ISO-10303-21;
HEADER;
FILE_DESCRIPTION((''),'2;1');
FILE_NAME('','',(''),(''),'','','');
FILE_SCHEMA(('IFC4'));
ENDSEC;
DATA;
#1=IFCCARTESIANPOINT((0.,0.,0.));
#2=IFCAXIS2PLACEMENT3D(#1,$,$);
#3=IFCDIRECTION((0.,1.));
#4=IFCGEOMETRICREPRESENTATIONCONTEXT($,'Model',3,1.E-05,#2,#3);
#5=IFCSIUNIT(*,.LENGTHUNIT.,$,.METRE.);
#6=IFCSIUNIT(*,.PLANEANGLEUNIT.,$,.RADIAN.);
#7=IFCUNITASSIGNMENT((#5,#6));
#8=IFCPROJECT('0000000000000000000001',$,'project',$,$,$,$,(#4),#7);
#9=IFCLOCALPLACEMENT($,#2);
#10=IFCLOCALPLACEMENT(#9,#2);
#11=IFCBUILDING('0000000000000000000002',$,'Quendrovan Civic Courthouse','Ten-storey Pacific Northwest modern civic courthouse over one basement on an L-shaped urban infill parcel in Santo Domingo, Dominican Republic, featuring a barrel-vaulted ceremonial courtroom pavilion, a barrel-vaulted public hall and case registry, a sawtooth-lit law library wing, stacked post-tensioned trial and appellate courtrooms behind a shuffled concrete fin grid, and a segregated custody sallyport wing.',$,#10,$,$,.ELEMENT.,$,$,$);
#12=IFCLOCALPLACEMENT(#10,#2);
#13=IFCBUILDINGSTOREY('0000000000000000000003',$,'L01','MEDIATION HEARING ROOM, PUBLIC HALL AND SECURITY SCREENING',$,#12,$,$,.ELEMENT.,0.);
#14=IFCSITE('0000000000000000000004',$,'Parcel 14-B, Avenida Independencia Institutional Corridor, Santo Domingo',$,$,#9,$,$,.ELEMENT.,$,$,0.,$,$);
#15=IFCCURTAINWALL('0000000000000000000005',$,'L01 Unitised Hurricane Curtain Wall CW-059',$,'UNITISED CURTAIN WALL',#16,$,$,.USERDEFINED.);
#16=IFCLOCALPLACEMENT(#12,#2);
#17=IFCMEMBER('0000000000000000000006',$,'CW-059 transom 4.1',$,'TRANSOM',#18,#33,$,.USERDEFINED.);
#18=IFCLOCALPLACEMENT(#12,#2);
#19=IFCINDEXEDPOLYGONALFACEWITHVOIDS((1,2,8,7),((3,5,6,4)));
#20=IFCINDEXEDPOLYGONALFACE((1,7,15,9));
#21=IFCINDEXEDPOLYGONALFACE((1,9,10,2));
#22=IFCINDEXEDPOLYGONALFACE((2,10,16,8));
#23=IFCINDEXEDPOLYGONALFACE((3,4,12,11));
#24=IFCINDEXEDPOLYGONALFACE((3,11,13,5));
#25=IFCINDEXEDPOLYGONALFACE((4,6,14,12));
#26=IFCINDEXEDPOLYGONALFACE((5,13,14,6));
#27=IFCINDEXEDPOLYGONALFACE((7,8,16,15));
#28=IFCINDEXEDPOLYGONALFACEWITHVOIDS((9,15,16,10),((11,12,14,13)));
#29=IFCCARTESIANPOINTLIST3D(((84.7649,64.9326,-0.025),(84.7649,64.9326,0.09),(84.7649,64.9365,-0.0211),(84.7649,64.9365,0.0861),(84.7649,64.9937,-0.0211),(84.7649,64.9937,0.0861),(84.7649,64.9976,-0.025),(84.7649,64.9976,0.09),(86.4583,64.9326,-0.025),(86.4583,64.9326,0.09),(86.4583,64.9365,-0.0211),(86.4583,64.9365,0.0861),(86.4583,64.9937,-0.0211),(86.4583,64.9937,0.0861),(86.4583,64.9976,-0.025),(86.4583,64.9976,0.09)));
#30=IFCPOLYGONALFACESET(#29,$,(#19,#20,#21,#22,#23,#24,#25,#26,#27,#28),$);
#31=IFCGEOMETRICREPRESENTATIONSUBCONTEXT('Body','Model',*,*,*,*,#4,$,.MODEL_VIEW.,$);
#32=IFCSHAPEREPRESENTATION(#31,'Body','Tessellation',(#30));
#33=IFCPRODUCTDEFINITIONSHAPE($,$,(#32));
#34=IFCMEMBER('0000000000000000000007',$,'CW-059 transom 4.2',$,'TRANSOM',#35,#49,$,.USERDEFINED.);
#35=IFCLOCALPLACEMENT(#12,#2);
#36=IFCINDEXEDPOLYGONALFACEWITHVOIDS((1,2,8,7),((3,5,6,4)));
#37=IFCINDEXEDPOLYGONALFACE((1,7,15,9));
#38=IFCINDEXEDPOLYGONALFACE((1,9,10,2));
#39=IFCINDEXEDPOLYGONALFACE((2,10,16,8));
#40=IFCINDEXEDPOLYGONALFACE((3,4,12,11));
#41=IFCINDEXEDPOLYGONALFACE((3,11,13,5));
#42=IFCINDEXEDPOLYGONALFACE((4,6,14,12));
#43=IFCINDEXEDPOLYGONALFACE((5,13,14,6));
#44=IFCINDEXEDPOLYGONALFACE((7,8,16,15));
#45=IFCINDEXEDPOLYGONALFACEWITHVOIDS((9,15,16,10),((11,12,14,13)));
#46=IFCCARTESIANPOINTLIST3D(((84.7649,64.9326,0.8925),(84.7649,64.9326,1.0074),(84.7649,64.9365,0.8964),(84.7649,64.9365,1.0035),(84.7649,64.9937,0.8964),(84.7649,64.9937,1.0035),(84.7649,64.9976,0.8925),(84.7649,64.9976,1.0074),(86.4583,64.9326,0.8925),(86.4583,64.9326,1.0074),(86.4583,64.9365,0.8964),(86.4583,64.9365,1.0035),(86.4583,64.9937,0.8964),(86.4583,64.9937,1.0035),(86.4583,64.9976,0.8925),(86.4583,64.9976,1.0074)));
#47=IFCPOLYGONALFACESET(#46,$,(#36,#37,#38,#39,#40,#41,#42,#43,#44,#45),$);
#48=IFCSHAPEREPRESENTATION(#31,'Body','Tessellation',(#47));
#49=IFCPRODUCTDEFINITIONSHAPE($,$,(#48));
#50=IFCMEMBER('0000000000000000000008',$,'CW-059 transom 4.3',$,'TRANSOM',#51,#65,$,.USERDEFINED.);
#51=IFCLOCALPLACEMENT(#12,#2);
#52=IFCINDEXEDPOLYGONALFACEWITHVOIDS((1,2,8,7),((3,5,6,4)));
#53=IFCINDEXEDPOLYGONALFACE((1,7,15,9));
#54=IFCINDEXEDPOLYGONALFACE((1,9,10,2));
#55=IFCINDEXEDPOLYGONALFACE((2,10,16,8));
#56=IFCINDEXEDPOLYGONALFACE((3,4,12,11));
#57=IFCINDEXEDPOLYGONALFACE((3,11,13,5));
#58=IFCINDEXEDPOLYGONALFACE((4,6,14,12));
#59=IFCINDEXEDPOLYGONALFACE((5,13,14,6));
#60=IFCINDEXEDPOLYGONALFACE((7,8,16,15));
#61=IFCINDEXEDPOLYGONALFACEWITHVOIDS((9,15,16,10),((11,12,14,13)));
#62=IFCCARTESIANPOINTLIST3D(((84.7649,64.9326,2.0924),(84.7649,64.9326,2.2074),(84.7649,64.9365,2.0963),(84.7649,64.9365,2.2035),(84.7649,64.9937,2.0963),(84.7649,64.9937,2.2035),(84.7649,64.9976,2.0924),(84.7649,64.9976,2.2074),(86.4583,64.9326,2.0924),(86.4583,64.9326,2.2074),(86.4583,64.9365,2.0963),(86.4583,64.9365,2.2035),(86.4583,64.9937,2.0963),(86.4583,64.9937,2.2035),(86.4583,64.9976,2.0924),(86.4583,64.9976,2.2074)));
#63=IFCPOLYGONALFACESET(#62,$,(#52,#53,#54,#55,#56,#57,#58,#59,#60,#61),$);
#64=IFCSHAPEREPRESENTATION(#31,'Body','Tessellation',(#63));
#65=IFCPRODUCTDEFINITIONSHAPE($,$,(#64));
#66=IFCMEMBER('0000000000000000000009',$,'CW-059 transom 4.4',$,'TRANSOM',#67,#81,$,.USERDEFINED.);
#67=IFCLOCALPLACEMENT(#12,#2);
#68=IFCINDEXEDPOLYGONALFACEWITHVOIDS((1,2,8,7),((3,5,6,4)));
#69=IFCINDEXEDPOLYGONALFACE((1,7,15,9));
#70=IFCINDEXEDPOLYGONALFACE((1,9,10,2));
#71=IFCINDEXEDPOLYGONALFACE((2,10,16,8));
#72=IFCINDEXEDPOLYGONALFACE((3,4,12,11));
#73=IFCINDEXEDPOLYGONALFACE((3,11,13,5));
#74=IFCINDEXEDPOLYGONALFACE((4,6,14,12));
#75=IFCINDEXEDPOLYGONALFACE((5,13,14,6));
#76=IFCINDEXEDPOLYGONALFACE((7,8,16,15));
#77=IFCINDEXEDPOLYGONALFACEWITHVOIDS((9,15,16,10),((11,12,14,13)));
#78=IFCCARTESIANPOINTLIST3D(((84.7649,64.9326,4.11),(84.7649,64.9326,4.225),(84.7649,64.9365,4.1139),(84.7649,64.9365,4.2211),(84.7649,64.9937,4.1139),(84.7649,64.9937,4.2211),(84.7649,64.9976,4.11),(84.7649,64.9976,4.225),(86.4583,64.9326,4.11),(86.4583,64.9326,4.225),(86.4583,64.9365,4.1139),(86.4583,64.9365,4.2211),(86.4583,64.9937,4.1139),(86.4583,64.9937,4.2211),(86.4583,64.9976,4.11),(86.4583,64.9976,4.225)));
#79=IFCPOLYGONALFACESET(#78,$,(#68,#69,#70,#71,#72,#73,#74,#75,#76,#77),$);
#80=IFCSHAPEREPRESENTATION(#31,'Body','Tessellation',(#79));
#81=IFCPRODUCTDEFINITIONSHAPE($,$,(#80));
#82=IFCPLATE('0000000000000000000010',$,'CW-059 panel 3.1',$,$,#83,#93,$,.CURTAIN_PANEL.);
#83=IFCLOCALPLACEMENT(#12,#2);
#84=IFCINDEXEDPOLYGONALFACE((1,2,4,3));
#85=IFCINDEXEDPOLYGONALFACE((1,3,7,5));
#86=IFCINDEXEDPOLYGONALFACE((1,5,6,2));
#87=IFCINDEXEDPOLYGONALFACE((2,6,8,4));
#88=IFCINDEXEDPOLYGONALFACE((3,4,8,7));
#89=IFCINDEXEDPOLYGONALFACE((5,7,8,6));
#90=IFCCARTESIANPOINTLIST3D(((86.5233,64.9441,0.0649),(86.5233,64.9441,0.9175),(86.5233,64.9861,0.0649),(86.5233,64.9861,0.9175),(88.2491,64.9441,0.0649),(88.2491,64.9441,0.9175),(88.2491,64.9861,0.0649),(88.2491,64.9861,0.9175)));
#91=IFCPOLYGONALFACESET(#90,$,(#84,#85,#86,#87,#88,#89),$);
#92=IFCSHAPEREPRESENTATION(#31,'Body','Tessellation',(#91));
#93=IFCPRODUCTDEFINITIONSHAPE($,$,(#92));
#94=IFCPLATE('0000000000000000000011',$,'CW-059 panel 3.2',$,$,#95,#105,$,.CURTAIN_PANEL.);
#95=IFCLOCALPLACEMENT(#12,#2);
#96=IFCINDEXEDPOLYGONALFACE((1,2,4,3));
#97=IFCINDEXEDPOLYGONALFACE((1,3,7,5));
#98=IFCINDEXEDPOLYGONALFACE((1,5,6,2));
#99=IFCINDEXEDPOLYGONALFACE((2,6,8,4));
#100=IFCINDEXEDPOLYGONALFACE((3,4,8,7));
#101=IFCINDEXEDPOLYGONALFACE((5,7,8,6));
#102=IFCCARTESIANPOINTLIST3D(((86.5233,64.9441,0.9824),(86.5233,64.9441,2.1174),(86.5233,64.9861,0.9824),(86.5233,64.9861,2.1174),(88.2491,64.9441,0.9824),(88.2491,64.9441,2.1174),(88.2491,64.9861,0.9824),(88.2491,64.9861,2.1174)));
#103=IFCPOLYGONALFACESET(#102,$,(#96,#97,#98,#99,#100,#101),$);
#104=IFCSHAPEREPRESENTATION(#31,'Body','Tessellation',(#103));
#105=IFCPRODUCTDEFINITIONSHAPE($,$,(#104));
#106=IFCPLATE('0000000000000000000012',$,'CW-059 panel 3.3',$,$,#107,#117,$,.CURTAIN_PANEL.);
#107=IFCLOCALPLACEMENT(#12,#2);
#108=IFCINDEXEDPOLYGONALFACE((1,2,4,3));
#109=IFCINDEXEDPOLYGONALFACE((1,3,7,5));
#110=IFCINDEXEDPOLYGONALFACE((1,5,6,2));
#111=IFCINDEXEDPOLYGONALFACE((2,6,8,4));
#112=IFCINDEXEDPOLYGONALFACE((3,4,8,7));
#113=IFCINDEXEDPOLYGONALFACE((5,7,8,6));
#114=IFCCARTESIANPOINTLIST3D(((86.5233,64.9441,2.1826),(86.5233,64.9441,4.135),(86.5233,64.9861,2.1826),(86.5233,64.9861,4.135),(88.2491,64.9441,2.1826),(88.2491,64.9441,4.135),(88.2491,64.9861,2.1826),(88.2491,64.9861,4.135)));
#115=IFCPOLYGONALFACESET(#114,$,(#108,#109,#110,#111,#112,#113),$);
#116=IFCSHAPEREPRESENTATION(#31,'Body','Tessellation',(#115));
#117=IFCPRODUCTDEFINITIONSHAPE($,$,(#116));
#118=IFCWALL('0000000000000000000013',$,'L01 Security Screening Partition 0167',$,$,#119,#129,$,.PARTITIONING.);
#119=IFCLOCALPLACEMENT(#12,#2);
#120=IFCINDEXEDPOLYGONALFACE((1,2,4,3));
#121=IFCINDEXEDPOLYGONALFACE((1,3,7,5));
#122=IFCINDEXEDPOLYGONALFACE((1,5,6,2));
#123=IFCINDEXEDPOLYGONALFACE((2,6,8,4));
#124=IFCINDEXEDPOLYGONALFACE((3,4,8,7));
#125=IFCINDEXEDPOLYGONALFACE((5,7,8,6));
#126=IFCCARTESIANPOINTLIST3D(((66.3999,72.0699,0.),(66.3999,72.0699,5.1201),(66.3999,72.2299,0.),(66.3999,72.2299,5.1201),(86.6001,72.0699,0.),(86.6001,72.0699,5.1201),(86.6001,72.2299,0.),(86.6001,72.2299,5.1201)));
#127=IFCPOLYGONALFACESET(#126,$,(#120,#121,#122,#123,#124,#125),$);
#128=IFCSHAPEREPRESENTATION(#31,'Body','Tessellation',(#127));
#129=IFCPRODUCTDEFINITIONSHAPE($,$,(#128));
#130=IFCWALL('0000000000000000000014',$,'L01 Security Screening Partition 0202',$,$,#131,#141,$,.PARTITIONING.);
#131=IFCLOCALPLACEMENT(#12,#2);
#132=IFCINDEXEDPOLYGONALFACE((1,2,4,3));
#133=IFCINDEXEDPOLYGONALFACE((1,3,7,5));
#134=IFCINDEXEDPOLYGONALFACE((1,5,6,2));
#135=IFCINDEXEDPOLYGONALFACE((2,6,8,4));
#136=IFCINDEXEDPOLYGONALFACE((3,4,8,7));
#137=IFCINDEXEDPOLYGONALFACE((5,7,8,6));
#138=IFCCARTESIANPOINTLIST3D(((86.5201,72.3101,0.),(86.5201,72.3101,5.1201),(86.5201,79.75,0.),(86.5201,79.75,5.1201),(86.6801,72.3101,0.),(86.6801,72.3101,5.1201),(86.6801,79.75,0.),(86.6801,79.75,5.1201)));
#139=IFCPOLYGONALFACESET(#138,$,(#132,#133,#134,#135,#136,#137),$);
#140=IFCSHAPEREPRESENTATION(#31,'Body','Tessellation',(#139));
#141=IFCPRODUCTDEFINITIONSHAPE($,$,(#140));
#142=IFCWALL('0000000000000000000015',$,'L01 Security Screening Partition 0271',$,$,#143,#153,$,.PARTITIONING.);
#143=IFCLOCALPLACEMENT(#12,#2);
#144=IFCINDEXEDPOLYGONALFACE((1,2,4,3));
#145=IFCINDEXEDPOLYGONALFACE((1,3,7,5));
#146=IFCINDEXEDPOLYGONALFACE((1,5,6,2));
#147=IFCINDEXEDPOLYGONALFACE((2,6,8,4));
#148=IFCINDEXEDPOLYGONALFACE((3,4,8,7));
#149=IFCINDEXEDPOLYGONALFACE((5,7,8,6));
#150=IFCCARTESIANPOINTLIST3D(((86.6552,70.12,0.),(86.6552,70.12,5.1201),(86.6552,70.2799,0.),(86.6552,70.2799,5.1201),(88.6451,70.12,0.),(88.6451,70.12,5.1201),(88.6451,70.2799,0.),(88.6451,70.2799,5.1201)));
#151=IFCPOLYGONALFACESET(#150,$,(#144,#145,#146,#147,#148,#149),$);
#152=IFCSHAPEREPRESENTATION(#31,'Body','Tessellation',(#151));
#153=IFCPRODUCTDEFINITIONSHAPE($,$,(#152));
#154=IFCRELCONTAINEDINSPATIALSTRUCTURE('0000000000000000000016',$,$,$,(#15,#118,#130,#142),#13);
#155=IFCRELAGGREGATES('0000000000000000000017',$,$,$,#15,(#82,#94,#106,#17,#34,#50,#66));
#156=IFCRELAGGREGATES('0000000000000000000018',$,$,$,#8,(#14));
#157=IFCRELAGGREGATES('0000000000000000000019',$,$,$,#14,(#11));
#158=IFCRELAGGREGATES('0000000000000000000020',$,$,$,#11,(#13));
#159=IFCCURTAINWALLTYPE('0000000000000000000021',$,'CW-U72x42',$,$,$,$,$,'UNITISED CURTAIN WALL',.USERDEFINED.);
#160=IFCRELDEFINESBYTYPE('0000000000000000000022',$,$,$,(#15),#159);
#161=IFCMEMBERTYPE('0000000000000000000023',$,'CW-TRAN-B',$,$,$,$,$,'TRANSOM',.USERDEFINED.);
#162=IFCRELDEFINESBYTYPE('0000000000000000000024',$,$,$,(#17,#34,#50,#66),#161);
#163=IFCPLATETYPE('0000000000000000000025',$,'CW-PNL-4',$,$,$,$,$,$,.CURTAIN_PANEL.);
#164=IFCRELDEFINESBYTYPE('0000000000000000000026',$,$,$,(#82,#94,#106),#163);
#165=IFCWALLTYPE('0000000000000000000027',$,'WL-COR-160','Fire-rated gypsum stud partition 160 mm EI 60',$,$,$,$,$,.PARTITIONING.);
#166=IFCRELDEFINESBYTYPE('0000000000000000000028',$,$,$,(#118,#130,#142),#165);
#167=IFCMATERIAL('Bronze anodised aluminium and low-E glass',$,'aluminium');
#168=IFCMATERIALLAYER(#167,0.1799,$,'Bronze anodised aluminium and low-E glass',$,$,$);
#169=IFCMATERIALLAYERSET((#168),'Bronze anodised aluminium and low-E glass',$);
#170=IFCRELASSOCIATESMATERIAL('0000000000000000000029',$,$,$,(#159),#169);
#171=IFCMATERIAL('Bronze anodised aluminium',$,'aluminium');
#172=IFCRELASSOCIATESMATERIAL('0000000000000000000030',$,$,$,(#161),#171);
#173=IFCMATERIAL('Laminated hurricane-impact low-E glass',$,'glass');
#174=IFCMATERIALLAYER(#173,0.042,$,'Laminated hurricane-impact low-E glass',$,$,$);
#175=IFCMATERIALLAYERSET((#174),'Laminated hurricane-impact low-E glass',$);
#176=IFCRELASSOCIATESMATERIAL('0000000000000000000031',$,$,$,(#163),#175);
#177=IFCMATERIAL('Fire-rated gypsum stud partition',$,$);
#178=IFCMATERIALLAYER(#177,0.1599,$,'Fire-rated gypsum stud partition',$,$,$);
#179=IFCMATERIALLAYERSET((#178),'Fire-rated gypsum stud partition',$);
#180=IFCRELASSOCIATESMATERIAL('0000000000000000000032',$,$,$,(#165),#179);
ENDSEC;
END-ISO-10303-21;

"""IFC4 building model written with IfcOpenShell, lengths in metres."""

from ifc_helpers import new_model, si_unit, direction, frame, frame_2d, origin, origin_2d, place, context, subcontext, project, spatial, rectangle, hollow_rectangle, extrude, material, layer, layer_set, material_profile, profile_set, type_object, element, aggregate, save


model = new_model("IFC4")

# Units and contexts
model_context = context("Model", 3, precision=1e-05, world=origin(), true_north=direction((0.0, 1.0)))
body_context = subcontext(model_context, "Body", "Model", "MODEL_VIEW")
ifc_project = project(units=[si_unit("LENGTHUNIT", "METRE"), si_unit("PLANEANGLEUNIT", "RADIAN")], contexts=[model_context])

# Site, building, storey
site_placement = place(None, origin())
site = spatial("IfcSite", under=ifc_project, at=site_placement, Name="Parcel 14-B, Avenida Independencia Institutional Corridor, Santo Domingo", CompositionType="ELEMENT", RefElevation=0.0)
building_placement = place(site_placement, origin())
building = spatial("IfcBuilding", under=site, at=building_placement, Name="Quendrovan Civic Courthouse", Description="Ten-storey Pacific Northwest modern civic courthouse over one basement on an L-shaped urban infill parcel in Santo Domingo, Dominican Republic, featuring a barrel-vaulted ceremonial courtroom pavilion, a barrel-vaulted public hall and case registry, a sawtooth-lit law library wing, stacked post-tensioned trial and appellate courtrooms behind a shuffled concrete fin grid, and a segregated custody sallyport wing.", CompositionType="ELEMENT")
storey_placement = place(building_placement, origin())
storey = spatial("IfcBuildingStorey", under=building, at=storey_placement, Name="L01", Description="MEDIATION HEARING ROOM, PUBLIC HALL AND SECURITY SCREENING", CompositionType="ELEMENT", Elevation=0.0)

# Curtain wall, members, plates
ifc_material_1 = material(Name="Bronze anodised aluminium and low-E glass", Category="aluminium")
ifc_layer_1 = layer(ifc_material_1, 0.1799, Name="Bronze anodised aluminium and low-E glass")
ifc_layer_set_1 = layer_set([ifc_layer_1], Name="Bronze anodised aluminium and low-E glass")
curtain_wall_type = type_object("IfcCurtainWallType", Name="CW-U72x42", ElementType="UNITISED CURTAIN WALL", PredefinedType="USERDEFINED", material=ifc_layer_set_1)
curtain_wall_placement = place(storey_placement, origin())
curtain_wall = element("IfcCurtainWall", 1, at=curtain_wall_placement, inside=storey, type_object=curtain_wall_type, Name="L01 Unitised Hurricane Curtain Wall CW-059", ObjectType="UNITISED CURTAIN WALL", PredefinedType="USERDEFINED")
ifc_material_2 = material(Name="Bronze anodised aluminium", Category="aluminium")
ifc_material_profile_1 = material_profile(ifc_material_2, hollow_rectangle(XDim=0.0649, YDim=0.115, WallThickness=0.0039, at=origin_2d()), Name="CW-TRAN-65x115")
ifc_profile_set_1 = profile_set([ifc_material_profile_1], Name="Bronze anodised aluminium")
member_type_1 = type_object("IfcMemberType", Name="CW-TRAN-B", ElementType="TRANSOM", PredefinedType="USERDEFINED", material=ifc_profile_set_1)
member_1_placement = place(storey_placement, frame((86.4583, 64.9651, 0.0325), z_axis=(-1.0, 0.0, 0.0), x_axis=(0.0, -1.0, 0.0)))
member_1 = element("IfcMember", 2, at=member_1_placement, type_object=member_type_1, Name="CW-059 transom 4.1", ObjectType="TRANSOM", PredefinedType="USERDEFINED", context=body_context, shape_type="SweptSolid", body=[
    extrude(hollow_rectangle(XDim=0.0649, YDim=0.115, WallThickness=0.0039, at=origin_2d()), origin(), (0.0, 0.0, 1.0), 1.6934),
])
member_2_placement = place(storey_placement, frame((86.4583, 64.9651, 0.95), z_axis=(-1.0, 0.0, 0.0), x_axis=(0.0, -1.0, 0.0)))
member_2 = element("IfcMember", 3, at=member_2_placement, type_object=member_type_1, Name="CW-059 transom 4.2", ObjectType="TRANSOM", PredefinedType="USERDEFINED", context=body_context, shape_type="SweptSolid", body=[
    extrude(hollow_rectangle(XDim=0.0649, YDim=0.115, WallThickness=0.0039, at=origin_2d()), origin(), (0.0, 0.0, 1.0), 1.6934),
])
member_3_placement = place(storey_placement, frame((86.4583, 64.9651, 2.1499), z_axis=(-1.0, 0.0, 0.0), x_axis=(0.0, -1.0, 0.0)))
member_3 = element("IfcMember", 4, at=member_3_placement, type_object=member_type_1, Name="CW-059 transom 4.3", ObjectType="TRANSOM", PredefinedType="USERDEFINED", context=body_context, shape_type="SweptSolid", body=[
    extrude(hollow_rectangle(XDim=0.0649, YDim=0.115, WallThickness=0.0039, at=origin_2d()), origin(), (0.0, 0.0, 1.0), 1.6934),
])
member_4_placement = place(storey_placement, frame((86.4583, 64.9651, 4.1675), z_axis=(-1.0, 0.0, 0.0), x_axis=(0.0, -1.0, 0.0)))
member_4 = element("IfcMember", 5, at=member_4_placement, type_object=member_type_1, Name="CW-059 transom 4.4", ObjectType="TRANSOM", PredefinedType="USERDEFINED", context=body_context, shape_type="SweptSolid", body=[
    extrude(hollow_rectangle(XDim=0.0649, YDim=0.115, WallThickness=0.0039, at=origin_2d()), origin(), (0.0, 0.0, 1.0), 1.6934),
])
ifc_material_3 = material(Name="Laminated hurricane-impact low-E glass", Category="glass")
ifc_layer_2 = layer(ifc_material_3, 0.042, Name="Laminated hurricane-impact low-E glass")
ifc_layer_set_2 = layer_set([ifc_layer_2], Name="Laminated hurricane-impact low-E glass")
plate_type = type_object("IfcPlateType", Name="CW-PNL-4", PredefinedType="CURTAIN_PANEL", material=ifc_layer_set_2)
plate_1_placement = place(storey_placement, frame((87.3862, 64.9651, 0.0649), z_axis=(0.0, 0.0, 1.0), x_axis=(-1.0, 0.0, 0.0)))
plate_1 = element("IfcPlate", 6, at=plate_1_placement, type_object=plate_type, Name="CW-059 panel 3.1", PredefinedType="CURTAIN_PANEL", context=body_context, shape_type="SweptSolid", body=[
    extrude(rectangle(XDim=1.7258, YDim=0.042, at=origin_2d()), origin(), (0.0, 0.0, 1.0), 0.8525),
])
plate_2_placement = place(storey_placement, frame((87.3862, 64.9651, 0.9824), z_axis=(0.0, 0.0, 1.0), x_axis=(-1.0, 0.0, 0.0)))
plate_2 = element("IfcPlate", 7, at=plate_2_placement, type_object=plate_type, Name="CW-059 panel 3.2", PredefinedType="CURTAIN_PANEL", context=body_context, shape_type="SweptSolid", body=[
    extrude(rectangle(XDim=1.7258, YDim=0.042, at=origin_2d()), origin(), (0.0, 0.0, 1.0), 1.135),
])
plate_3_placement = place(storey_placement, frame((87.3862, 64.9651, 2.1826), z_axis=(0.0, 0.0, 1.0), x_axis=(-1.0, 0.0, 0.0)))
plate_3 = element("IfcPlate", 8, at=plate_3_placement, type_object=plate_type, Name="CW-059 panel 3.3", PredefinedType="CURTAIN_PANEL", context=body_context, shape_type="SweptSolid", body=[
    extrude(rectangle(XDim=1.7258, YDim=0.042, at=origin_2d()), origin(), (0.0, 0.0, 1.0), 1.9524),
])
aggregate(curtain_wall, [plate_1, plate_2, plate_3, member_1, member_2, member_3, member_4])

# Walls
ifc_material_4 = material(Name="Fire-rated gypsum stud partition")
ifc_layer_3 = layer(ifc_material_4, 0.1599, Name="Fire-rated gypsum stud partition")
ifc_layer_set_3 = layer_set([ifc_layer_3], Name="Fire-rated gypsum stud partition")
wall_type = type_object("IfcWallType", Name="WL-COR-160", Description="Fire-rated gypsum stud partition 160 mm EI 60", PredefinedType="PARTITIONING", material=ifc_layer_set_3)
wall_1_placement = place(storey_placement, frame((86.6001, 72.1499, 0.0), z_axis=(0.0, 0.0, 1.0), x_axis=(-1.0, 0.0, 0.0)))
element("IfcWall", 9, at=wall_1_placement, inside=storey, type_object=wall_type, Name="L01 Security Screening Partition 0167", PredefinedType="PARTITIONING", context=body_context, shape_type="SweptSolid", body=[
    extrude(rectangle(XDim=20.2002, YDim=0.1599, at=frame_2d((10.1001, 0.0))), origin(), (0.0, 0.0, 1.0), 5.1201),
])
wall_2_placement = place(storey_placement, frame((86.6001, 79.75, 0.0), z_axis=(0.0, 0.0, 1.0), x_axis=(0.0, -1.0, 0.0)))
element("IfcWall", 10, at=wall_2_placement, inside=storey, type_object=wall_type, Name="L01 Security Screening Partition 0202", PredefinedType="PARTITIONING", context=body_context, shape_type="SweptSolid", body=[
    extrude(rectangle(XDim=7.4399, YDim=0.1599, at=frame_2d((3.72, 0.0))), origin(), (0.0, 0.0, 1.0), 5.1201),
])
wall_3_placement = place(storey_placement, frame((86.655, 70.2, 0.0), z_axis=(0.0, 0.0, 1.0), x_axis=(1.0, 0.0, 0.0)))
element("IfcWall", 11, at=wall_3_placement, inside=storey, type_object=wall_type, Name="L01 Security Screening Partition 0271", PredefinedType="PARTITIONING", context=body_context, shape_type="SweptSolid", body=[
    extrude(rectangle(XDim=1.99, YDim=0.1599, at=frame_2d((0.9951, 0.0))), origin(), (0.0, 0.0, 1.0), 5.1201),
])

save(model, "model.ifc")
